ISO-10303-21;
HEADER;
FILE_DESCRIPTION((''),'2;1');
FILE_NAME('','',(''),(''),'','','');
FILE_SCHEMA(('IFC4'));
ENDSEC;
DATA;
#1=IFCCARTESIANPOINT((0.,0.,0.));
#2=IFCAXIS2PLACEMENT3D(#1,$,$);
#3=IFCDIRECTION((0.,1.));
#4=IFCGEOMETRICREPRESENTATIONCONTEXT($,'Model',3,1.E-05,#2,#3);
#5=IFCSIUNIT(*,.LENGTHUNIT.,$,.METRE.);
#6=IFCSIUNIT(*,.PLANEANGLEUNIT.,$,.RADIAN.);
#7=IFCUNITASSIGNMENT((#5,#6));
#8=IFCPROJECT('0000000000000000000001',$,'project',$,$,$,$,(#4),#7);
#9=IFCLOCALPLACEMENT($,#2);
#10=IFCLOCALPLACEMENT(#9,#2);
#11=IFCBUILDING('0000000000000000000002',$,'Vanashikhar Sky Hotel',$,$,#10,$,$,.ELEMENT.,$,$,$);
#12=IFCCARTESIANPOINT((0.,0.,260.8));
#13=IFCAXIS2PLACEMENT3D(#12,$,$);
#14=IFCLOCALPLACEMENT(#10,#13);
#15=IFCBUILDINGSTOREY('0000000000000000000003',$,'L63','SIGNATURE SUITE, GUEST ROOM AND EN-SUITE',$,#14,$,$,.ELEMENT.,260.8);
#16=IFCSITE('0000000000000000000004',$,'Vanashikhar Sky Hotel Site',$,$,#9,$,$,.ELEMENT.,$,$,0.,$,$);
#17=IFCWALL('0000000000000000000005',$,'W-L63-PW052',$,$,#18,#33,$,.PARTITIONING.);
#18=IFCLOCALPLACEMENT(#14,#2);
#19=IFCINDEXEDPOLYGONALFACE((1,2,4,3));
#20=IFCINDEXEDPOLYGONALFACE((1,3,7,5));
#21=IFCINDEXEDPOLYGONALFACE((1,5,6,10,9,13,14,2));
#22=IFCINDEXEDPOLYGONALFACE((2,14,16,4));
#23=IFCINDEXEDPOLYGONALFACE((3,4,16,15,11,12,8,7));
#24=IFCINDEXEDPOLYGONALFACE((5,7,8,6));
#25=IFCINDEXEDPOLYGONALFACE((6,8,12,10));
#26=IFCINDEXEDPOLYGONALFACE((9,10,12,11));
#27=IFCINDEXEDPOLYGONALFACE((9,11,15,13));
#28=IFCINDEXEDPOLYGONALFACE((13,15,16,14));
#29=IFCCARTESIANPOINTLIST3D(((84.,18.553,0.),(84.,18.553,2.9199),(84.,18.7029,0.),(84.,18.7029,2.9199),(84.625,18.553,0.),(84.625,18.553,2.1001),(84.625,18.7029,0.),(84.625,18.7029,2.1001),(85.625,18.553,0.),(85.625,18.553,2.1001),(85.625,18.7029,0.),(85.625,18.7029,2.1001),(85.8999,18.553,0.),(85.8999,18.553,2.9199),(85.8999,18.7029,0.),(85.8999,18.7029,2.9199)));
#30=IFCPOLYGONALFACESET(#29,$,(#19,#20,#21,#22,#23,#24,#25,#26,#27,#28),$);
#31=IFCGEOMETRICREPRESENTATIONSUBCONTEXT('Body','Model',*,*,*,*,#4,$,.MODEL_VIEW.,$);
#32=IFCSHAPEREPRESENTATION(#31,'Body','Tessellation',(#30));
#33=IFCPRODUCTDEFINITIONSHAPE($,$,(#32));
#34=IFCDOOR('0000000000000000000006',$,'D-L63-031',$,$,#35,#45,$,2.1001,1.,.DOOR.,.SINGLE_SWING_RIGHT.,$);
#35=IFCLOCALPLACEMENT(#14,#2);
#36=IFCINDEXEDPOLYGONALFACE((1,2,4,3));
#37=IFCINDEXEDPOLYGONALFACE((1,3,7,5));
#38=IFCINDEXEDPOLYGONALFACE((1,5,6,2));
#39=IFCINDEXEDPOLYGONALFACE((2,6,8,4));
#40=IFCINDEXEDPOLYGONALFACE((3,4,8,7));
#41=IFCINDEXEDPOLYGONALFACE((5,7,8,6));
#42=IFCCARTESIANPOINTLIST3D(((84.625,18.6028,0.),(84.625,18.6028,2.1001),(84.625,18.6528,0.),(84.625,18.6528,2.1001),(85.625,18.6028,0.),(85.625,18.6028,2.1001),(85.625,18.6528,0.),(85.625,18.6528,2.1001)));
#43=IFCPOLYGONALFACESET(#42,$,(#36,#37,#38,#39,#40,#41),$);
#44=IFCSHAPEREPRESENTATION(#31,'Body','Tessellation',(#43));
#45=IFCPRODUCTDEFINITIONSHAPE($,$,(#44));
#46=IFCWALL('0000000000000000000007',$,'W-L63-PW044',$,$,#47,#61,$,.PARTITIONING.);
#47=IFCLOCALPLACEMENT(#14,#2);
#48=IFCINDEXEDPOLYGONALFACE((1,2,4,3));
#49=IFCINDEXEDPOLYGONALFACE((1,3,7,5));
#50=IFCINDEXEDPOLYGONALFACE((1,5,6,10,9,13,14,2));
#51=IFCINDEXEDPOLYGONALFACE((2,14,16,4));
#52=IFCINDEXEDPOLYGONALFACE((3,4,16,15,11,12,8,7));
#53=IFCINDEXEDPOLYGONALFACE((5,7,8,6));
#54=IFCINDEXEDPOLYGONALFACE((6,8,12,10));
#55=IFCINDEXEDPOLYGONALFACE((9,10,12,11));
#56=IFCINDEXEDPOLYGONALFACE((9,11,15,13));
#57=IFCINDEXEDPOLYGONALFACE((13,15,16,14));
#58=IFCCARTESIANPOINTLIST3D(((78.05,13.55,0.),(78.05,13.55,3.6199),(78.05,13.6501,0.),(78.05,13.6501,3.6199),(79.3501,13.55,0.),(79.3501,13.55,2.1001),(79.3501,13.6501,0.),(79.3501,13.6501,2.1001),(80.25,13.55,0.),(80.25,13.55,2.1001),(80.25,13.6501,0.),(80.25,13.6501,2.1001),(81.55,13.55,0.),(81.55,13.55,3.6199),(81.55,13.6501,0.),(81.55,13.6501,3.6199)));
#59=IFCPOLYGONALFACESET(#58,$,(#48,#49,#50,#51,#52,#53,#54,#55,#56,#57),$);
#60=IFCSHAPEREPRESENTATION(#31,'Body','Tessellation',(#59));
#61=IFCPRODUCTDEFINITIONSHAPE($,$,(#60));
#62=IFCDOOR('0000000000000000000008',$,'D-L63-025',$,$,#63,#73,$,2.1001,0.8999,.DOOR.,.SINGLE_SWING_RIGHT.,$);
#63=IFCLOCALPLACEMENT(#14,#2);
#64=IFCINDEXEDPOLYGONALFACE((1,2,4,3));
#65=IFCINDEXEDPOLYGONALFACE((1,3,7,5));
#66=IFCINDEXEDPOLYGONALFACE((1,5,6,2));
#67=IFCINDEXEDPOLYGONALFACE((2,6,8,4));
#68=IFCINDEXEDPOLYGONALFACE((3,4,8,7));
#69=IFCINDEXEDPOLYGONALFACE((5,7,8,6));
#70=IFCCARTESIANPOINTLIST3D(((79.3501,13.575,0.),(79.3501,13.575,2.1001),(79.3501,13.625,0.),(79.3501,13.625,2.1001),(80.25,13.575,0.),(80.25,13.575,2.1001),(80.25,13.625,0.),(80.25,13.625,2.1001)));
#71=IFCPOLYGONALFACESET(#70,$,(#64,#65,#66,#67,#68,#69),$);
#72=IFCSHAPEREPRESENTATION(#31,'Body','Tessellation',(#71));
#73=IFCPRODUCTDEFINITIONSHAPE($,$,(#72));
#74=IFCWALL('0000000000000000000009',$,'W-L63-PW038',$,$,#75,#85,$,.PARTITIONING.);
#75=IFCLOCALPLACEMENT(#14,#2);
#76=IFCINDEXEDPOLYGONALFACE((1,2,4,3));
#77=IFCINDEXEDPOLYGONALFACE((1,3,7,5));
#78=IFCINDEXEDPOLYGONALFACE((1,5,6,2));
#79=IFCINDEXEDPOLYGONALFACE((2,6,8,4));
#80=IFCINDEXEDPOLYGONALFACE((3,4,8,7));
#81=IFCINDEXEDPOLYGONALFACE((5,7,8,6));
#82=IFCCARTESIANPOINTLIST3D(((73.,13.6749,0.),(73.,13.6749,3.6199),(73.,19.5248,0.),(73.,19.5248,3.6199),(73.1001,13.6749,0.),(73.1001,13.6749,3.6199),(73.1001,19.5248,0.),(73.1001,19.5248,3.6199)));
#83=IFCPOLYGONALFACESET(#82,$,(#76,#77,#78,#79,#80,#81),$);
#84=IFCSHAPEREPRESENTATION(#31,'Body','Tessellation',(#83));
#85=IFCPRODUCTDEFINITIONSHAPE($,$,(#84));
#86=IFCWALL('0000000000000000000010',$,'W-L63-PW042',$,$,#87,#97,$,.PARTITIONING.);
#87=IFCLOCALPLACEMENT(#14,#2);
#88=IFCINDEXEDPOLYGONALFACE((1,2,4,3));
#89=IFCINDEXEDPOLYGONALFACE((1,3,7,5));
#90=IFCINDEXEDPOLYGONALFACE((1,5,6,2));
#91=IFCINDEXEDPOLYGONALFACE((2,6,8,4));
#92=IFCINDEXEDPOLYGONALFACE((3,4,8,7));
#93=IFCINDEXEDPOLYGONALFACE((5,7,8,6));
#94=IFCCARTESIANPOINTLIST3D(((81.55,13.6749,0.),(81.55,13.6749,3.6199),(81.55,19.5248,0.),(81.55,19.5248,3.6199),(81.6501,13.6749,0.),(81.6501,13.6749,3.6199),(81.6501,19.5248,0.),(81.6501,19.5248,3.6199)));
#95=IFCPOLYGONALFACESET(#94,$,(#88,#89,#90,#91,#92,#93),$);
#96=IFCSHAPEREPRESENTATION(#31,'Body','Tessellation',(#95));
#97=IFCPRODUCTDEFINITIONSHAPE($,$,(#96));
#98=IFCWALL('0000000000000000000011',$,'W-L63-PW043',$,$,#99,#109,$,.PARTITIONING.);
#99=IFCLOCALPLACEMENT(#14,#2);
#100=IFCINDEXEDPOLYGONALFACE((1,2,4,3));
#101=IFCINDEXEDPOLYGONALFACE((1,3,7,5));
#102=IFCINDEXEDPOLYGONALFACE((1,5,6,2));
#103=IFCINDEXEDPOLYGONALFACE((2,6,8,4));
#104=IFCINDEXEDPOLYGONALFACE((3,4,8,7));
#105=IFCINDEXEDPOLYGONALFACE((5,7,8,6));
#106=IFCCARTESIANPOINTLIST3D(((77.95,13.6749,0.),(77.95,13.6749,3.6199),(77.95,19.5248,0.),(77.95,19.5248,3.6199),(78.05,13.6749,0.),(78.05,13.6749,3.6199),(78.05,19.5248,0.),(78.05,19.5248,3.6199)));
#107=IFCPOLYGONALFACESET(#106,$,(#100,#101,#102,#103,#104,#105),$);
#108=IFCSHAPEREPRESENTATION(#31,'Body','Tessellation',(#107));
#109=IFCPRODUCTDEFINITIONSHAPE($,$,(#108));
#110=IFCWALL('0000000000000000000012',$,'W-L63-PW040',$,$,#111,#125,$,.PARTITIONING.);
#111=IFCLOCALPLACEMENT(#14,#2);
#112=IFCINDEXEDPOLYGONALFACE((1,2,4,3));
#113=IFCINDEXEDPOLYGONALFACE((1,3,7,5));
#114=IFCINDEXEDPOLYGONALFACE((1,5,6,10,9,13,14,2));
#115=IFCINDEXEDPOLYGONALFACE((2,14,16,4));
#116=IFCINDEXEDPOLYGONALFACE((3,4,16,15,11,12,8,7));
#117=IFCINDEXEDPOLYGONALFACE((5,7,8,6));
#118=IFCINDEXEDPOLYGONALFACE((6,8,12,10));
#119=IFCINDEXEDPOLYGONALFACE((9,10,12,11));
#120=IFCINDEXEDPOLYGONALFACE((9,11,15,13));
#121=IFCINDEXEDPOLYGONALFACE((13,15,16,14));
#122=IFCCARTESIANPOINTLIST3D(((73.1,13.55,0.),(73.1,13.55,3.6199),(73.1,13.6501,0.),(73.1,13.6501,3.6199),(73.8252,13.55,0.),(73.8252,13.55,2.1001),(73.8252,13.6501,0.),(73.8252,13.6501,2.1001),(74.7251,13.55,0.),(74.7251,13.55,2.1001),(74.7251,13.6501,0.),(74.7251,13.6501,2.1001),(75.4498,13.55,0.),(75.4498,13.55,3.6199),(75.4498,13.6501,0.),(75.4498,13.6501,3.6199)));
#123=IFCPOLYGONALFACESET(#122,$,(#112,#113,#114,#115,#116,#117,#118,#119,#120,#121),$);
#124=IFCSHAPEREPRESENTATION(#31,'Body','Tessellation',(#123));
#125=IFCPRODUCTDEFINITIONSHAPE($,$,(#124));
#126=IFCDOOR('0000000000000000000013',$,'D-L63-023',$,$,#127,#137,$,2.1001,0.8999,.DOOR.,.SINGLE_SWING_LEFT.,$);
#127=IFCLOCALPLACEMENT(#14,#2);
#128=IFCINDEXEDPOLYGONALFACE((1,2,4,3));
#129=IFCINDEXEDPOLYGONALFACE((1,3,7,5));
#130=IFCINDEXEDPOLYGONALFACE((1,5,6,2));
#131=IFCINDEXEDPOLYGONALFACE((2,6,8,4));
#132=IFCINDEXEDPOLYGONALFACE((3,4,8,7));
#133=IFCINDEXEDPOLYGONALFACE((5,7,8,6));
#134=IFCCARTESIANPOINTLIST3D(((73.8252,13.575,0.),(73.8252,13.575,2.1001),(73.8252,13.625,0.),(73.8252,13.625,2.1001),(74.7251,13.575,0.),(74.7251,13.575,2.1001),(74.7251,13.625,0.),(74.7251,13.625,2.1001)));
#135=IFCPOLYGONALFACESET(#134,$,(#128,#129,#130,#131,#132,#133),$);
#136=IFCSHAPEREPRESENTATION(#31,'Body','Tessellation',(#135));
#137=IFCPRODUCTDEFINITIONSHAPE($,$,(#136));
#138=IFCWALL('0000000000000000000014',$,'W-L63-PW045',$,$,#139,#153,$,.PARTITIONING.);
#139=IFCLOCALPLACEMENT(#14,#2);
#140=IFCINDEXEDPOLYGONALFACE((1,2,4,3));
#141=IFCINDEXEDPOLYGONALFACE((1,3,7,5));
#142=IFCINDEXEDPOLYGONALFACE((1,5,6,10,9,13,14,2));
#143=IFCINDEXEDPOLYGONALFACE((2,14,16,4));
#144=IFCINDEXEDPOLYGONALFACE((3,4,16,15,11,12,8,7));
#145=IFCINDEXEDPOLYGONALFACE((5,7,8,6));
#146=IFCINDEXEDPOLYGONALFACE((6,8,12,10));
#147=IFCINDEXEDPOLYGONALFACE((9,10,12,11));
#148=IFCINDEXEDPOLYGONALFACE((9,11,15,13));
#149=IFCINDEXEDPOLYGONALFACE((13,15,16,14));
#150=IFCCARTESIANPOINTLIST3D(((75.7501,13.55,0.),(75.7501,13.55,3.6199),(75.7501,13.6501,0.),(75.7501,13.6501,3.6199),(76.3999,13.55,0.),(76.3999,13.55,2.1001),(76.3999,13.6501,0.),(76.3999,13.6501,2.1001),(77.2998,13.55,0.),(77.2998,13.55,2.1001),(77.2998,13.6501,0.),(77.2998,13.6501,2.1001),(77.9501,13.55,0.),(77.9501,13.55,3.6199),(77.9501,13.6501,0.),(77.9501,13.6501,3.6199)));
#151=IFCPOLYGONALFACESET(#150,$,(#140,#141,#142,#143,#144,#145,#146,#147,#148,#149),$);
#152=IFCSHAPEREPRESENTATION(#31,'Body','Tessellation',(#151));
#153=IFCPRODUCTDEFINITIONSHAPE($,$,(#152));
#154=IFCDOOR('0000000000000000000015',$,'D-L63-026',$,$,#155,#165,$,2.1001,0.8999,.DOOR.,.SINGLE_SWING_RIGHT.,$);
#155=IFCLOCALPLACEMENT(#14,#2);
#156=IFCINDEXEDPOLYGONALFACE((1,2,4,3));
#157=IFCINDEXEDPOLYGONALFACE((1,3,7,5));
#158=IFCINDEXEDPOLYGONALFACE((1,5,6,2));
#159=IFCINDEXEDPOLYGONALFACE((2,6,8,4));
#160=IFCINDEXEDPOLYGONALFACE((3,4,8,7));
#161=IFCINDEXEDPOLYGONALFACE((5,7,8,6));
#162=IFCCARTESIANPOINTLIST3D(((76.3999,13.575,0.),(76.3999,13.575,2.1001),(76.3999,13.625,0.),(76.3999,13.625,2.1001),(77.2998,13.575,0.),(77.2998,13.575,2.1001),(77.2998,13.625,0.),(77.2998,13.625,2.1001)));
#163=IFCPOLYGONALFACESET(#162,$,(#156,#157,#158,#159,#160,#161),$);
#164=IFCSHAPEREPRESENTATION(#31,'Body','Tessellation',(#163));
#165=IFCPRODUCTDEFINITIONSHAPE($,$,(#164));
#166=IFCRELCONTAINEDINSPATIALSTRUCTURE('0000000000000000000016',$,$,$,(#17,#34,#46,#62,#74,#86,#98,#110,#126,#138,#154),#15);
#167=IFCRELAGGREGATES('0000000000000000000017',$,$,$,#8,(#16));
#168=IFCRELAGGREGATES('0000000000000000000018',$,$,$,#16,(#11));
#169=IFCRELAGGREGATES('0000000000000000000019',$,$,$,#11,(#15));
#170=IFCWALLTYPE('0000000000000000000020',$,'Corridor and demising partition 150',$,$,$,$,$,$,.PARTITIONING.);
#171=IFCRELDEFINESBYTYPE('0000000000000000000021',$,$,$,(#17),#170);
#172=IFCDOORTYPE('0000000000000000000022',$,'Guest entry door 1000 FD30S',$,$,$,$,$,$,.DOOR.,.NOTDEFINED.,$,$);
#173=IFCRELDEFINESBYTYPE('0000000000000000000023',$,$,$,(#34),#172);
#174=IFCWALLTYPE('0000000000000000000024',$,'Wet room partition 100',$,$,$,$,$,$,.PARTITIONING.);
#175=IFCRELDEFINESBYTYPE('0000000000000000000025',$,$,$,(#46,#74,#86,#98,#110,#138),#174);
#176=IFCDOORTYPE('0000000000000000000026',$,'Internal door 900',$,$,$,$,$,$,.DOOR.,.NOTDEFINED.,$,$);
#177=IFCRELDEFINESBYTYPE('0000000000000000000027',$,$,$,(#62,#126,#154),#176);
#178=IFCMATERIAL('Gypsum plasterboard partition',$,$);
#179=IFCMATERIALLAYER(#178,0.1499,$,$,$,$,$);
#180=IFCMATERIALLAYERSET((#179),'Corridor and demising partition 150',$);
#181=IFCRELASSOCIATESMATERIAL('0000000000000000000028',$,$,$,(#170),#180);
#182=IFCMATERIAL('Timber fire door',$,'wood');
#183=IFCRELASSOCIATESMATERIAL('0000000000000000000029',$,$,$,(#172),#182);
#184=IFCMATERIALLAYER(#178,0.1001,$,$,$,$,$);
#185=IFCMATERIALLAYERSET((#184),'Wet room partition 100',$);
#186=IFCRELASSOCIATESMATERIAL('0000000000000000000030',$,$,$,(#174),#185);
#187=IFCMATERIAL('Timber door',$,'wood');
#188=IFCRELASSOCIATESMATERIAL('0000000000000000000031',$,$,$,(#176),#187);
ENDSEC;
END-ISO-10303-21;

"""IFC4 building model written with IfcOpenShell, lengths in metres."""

from ifc_helpers import new_model, si_unit, direction, frame, frame_2d, origin, place, context, subcontext, project, spatial, rectangle, extrude, source, transform, mapped, material, layer, layer_set, type_object, element, fill, save


model = new_model("IFC4")

# Units and contexts
model_context = context("Model", 3, precision=1e-05, world=origin(), true_north=direction((0.0, 1.0)))
body_context = subcontext(model_context, "Body", "Model", "MODEL_VIEW")
ifc_project = project(units=[si_unit("LENGTHUNIT", "METRE"), si_unit("PLANEANGLEUNIT", "RADIAN")], contexts=[model_context])

# Site, building, storey
site_placement = place(None, origin())
site = spatial("IfcSite", under=ifc_project, at=site_placement, Name="Vanashikhar Sky Hotel Site", CompositionType="ELEMENT", RefElevation=0.0)
building_placement = place(site_placement, origin())
building = spatial("IfcBuilding", under=site, at=building_placement, Name="Vanashikhar Sky Hotel", CompositionType="ELEMENT")
storey_placement = place(building_placement, frame((0.0, 0.0, 260.8)))
storey = spatial("IfcBuildingStorey", under=building, at=storey_placement, Name="L63", Description="SIGNATURE SUITE, GUEST ROOM AND EN-SUITE", CompositionType="ELEMENT", Elevation=260.8)

# Walls, openings, doors
ifc_material_1 = material(Name="Gypsum plasterboard partition")
ifc_layer_1 = layer(ifc_material_1, 0.1499)
ifc_layer_set_1 = layer_set([ifc_layer_1], Name="Corridor and demising partition 150")
wall_type_1 = type_object("IfcWallType", Name="Corridor and demising partition 150", PredefinedType="PARTITIONING", material=ifc_layer_set_1)
shared_shape_1 = source(origin(), body_context, "Body", "SweptSolid", [
    extrude(rectangle(XDim=1.8999, YDim=0.1499, at=frame_2d((0.95, 0.0))), origin(), (0.0, 0.0, 1.0), 2.9199),
])
wall_1_placement = place(storey_placement, frame((84.0, 18.6279, 0.0), z_axis=(0.0, 0.0, 1.0), x_axis=(1.0, 0.0, 0.0)))
wall_1 = element("IfcWall", 1, at=wall_1_placement, inside=storey, type_object=wall_type_1, Name="W-L63-PW052", PredefinedType="PARTITIONING", context=body_context, shape_type="MappedRepresentation", body=[
    mapped(shared_shape_1, transform((0.0, 0.0, 0.0), scale=1.0)),
])
shared_shape_2 = source(origin(), body_context, "Body", "SweptSolid", [
    extrude(rectangle(XDim=1.0, YDim=2.1001, at=frame_2d((0.5, 1.05))), frame((0.0, 0.085, 0.0), z_axis=(0.0, -1.0, 0.0), x_axis=(1.0, 0.0, 0.0)), (0.0, 0.0, 1.0), 0.1699),
])
opening_1_placement = place(wall_1_placement, frame((0.625, 0.0, 0.0)))
opening_1 = element("IfcOpeningElement", 2, at=opening_1_placement, cuts=wall_1, PredefinedType="OPENING", context=body_context, shape_type="MappedRepresentation", body=[
    mapped(shared_shape_2, transform((0.0, 0.0, 0.0), scale=1.0)),
])
ifc_material_2 = material(Name="Timber fire door", Category="wood")
door_type_1 = type_object("IfcDoorType", Name="Guest entry door 1000 FD30S", OperationType="NOTDEFINED", PredefinedType="DOOR", material=ifc_material_2)
shared_shape_3 = source(origin(), body_context, "Body", "SweptSolid", [
    extrude(rectangle(XDim=1.0, YDim=2.1001, at=frame_2d((0.5, 1.05))), frame((0.0, 0.0249, 0.0), z_axis=(0.0, -1.0, 0.0), x_axis=(1.0, 0.0, 0.0)), (0.0, 0.0, 1.0), 0.05),
])
door_1_placement = place(opening_1_placement, origin())
door_1 = element("IfcDoor", 3, at=door_1_placement, inside=storey, type_object=door_type_1, Name="D-L63-031", OperationType="SINGLE_SWING_RIGHT", OverallHeight=2.1001, OverallWidth=1.0, PredefinedType="DOOR", context=body_context, shape_type="MappedRepresentation", body=[
    mapped(shared_shape_3, transform((0.0, 0.0, 0.0), scale=1.0)),
])
fill(opening_1, door_1)
ifc_layer_2 = layer(ifc_material_1, 0.1001)
ifc_layer_set_2 = layer_set([ifc_layer_2], Name="Wet room partition 100")
wall_type_2 = type_object("IfcWallType", Name="Wet room partition 100", PredefinedType="PARTITIONING", material=ifc_layer_set_2)
shared_shape_4 = source(origin(), body_context, "Body", "SweptSolid", [
    extrude(rectangle(XDim=3.5, YDim=0.1001, at=frame_2d((1.75, 0.0))), origin(), (0.0, 0.0, 1.0), 3.6199),
])
wall_2_placement = place(storey_placement, frame((78.05, 13.6001, 0.0), z_axis=(0.0, 0.0, 1.0), x_axis=(1.0, 0.0, 0.0)))
wall_2 = element("IfcWall", 4, at=wall_2_placement, inside=storey, type_object=wall_type_2, Name="W-L63-PW044", PredefinedType="PARTITIONING", context=body_context, shape_type="MappedRepresentation", body=[
    mapped(shared_shape_4, transform((0.0, 0.0, 0.0), scale=1.0)),
])
shared_shape_5 = source(origin(), body_context, "Body", "SweptSolid", [
    extrude(rectangle(XDim=0.8999, YDim=2.1001, at=frame_2d((0.45, 1.05))), frame((0.0, 0.0601, 0.0), z_axis=(0.0, -1.0, 0.0), x_axis=(1.0, 0.0, 0.0)), (0.0, 0.0, 1.0), 0.1201),
])
opening_2_placement = place(wall_2_placement, frame((1.3, 0.0, 0.0)))
opening_2 = element("IfcOpeningElement", 5, at=opening_2_placement, cuts=wall_2, PredefinedType="OPENING", context=body_context, shape_type="MappedRepresentation", body=[
    mapped(shared_shape_5, transform((0.0, 0.0, 0.0), scale=1.0)),
])
ifc_material_3 = material(Name="Timber door", Category="wood")
door_type_2 = type_object("IfcDoorType", Name="Internal door 900", OperationType="NOTDEFINED", PredefinedType="DOOR", material=ifc_material_3)
shared_shape_6 = source(origin(), body_context, "Body", "SweptSolid", [
    extrude(rectangle(XDim=0.8999, YDim=2.1001, at=frame_2d((0.45, 1.05))), frame((0.0, 0.0249, 0.0), z_axis=(0.0, -1.0, 0.0), x_axis=(1.0, 0.0, 0.0)), (0.0, 0.0, 1.0), 0.05),
])
door_2_placement = place(opening_2_placement, origin())
door_2 = element("IfcDoor", 6, at=door_2_placement, inside=storey, type_object=door_type_2, Name="D-L63-025", OperationType="SINGLE_SWING_RIGHT", OverallHeight=2.1001, OverallWidth=0.8999, PredefinedType="DOOR", context=body_context, shape_type="MappedRepresentation", body=[
    mapped(shared_shape_6, transform((0.0, 0.0, 0.0), scale=1.0)),
])
fill(opening_2, door_2)

# Walls
shared_shape_7 = source(origin(), body_context, "Body", "SweptSolid", [
    extrude(rectangle(XDim=5.8499, YDim=0.1001, at=frame_2d((2.9248, 0.0))), origin(), (0.0, 0.0, 1.0), 3.6199),
])
for number, where, z_axis, x_axis, name in (
    (7, (73.05, 13.675, 0.0), (0.0, 0.0, 1.0), (0.0, 1.0, 0.0), "W-L63-PW038"),
    (8, (81.6001, 13.675, 0.0), (0.0, 0.0, 1.0), (0.0, 1.0, 0.0), "W-L63-PW042"),
    (9, (78.0, 13.675, 0.0), (0.0, 0.0, 1.0), (0.0, 1.0, 0.0), "W-L63-PW043"),
):
    element("IfcWall", number, at=place(storey_placement, frame(where, z_axis=z_axis, x_axis=x_axis)), inside=storey, type_object=wall_type_2, Name=name, PredefinedType="PARTITIONING", context=body_context, shape_type="MappedRepresentation", body=[
        mapped(shared_shape_7, transform((0.0, 0.0, 0.0), scale=1.0)),
    ])

# Walls, openings, doors
shared_shape_8 = source(origin(), body_context, "Body", "SweptSolid", [
    extrude(rectangle(XDim=2.3499, YDim=0.1001, at=frame_2d((1.1748, 0.0))), origin(), (0.0, 0.0, 1.0), 3.6199),
])
wall_3_placement = place(storey_placement, frame((73.1001, 13.6001, 0.0), z_axis=(0.0, 0.0, 1.0), x_axis=(1.0, 0.0, 0.0)))
wall_3 = element("IfcWall", 10, at=wall_3_placement, inside=storey, type_object=wall_type_2, Name="W-L63-PW040", PredefinedType="PARTITIONING", context=body_context, shape_type="MappedRepresentation", body=[
    mapped(shared_shape_8, transform((0.0, 0.0, 0.0), scale=1.0)),
])
opening_3_placement = place(wall_3_placement, frame((0.7251, 0.0, 0.0)))
opening_3 = element("IfcOpeningElement", 11, at=opening_3_placement, cuts=wall_3, PredefinedType="OPENING", context=body_context, shape_type="MappedRepresentation", body=[
    mapped(shared_shape_5, transform((0.0, 0.0, 0.0), scale=1.0)),
])
door_3_placement = place(opening_3_placement, origin())
door_3 = element("IfcDoor", 12, at=door_3_placement, inside=storey, type_object=door_type_2, Name="D-L63-023", OperationType="SINGLE_SWING_LEFT", OverallHeight=2.1001, OverallWidth=0.8999, PredefinedType="DOOR", context=body_context, shape_type="MappedRepresentation", body=[
    mapped(shared_shape_6, transform((0.0, 0.0, 0.0), scale=1.0)),
])
fill(opening_3, door_3)
shared_shape_9 = source(origin(), body_context, "Body", "SweptSolid", [
    extrude(rectangle(XDim=2.2, YDim=0.1001, at=frame_2d((1.1001, 0.0))), origin(), (0.0, 0.0, 1.0), 3.6199),
])
wall_4_placement = place(storey_placement, frame((75.75, 13.6001, 0.0), z_axis=(0.0, 0.0, 1.0), x_axis=(1.0, 0.0, 0.0)))
wall_4 = element("IfcWall", 13, at=wall_4_placement, inside=storey, type_object=wall_type_2, Name="W-L63-PW045", PredefinedType="PARTITIONING", context=body_context, shape_type="MappedRepresentation", body=[
    mapped(shared_shape_9, transform((0.0, 0.0, 0.0), scale=1.0)),
])
opening_4_placement = place(wall_4_placement, frame((0.6499, 0.0, 0.0)))
opening_4 = element("IfcOpeningElement", 14, at=opening_4_placement, cuts=wall_4, PredefinedType="OPENING", context=body_context, shape_type="MappedRepresentation", body=[
    mapped(shared_shape_5, transform((0.0, 0.0, 0.0), scale=1.0)),
])
door_4_placement = place(opening_4_placement, origin())
door_4 = element("IfcDoor", 15, at=door_4_placement, inside=storey, type_object=door_type_2, Name="D-L63-026", OperationType="SINGLE_SWING_RIGHT", OverallHeight=2.1001, OverallWidth=0.8999, PredefinedType="DOOR", context=body_context, shape_type="MappedRepresentation", body=[
    mapped(shared_shape_6, transform((0.0, 0.0, 0.0), scale=1.0)),
])
fill(opening_4, door_4)

save(model, "model.ifc")
